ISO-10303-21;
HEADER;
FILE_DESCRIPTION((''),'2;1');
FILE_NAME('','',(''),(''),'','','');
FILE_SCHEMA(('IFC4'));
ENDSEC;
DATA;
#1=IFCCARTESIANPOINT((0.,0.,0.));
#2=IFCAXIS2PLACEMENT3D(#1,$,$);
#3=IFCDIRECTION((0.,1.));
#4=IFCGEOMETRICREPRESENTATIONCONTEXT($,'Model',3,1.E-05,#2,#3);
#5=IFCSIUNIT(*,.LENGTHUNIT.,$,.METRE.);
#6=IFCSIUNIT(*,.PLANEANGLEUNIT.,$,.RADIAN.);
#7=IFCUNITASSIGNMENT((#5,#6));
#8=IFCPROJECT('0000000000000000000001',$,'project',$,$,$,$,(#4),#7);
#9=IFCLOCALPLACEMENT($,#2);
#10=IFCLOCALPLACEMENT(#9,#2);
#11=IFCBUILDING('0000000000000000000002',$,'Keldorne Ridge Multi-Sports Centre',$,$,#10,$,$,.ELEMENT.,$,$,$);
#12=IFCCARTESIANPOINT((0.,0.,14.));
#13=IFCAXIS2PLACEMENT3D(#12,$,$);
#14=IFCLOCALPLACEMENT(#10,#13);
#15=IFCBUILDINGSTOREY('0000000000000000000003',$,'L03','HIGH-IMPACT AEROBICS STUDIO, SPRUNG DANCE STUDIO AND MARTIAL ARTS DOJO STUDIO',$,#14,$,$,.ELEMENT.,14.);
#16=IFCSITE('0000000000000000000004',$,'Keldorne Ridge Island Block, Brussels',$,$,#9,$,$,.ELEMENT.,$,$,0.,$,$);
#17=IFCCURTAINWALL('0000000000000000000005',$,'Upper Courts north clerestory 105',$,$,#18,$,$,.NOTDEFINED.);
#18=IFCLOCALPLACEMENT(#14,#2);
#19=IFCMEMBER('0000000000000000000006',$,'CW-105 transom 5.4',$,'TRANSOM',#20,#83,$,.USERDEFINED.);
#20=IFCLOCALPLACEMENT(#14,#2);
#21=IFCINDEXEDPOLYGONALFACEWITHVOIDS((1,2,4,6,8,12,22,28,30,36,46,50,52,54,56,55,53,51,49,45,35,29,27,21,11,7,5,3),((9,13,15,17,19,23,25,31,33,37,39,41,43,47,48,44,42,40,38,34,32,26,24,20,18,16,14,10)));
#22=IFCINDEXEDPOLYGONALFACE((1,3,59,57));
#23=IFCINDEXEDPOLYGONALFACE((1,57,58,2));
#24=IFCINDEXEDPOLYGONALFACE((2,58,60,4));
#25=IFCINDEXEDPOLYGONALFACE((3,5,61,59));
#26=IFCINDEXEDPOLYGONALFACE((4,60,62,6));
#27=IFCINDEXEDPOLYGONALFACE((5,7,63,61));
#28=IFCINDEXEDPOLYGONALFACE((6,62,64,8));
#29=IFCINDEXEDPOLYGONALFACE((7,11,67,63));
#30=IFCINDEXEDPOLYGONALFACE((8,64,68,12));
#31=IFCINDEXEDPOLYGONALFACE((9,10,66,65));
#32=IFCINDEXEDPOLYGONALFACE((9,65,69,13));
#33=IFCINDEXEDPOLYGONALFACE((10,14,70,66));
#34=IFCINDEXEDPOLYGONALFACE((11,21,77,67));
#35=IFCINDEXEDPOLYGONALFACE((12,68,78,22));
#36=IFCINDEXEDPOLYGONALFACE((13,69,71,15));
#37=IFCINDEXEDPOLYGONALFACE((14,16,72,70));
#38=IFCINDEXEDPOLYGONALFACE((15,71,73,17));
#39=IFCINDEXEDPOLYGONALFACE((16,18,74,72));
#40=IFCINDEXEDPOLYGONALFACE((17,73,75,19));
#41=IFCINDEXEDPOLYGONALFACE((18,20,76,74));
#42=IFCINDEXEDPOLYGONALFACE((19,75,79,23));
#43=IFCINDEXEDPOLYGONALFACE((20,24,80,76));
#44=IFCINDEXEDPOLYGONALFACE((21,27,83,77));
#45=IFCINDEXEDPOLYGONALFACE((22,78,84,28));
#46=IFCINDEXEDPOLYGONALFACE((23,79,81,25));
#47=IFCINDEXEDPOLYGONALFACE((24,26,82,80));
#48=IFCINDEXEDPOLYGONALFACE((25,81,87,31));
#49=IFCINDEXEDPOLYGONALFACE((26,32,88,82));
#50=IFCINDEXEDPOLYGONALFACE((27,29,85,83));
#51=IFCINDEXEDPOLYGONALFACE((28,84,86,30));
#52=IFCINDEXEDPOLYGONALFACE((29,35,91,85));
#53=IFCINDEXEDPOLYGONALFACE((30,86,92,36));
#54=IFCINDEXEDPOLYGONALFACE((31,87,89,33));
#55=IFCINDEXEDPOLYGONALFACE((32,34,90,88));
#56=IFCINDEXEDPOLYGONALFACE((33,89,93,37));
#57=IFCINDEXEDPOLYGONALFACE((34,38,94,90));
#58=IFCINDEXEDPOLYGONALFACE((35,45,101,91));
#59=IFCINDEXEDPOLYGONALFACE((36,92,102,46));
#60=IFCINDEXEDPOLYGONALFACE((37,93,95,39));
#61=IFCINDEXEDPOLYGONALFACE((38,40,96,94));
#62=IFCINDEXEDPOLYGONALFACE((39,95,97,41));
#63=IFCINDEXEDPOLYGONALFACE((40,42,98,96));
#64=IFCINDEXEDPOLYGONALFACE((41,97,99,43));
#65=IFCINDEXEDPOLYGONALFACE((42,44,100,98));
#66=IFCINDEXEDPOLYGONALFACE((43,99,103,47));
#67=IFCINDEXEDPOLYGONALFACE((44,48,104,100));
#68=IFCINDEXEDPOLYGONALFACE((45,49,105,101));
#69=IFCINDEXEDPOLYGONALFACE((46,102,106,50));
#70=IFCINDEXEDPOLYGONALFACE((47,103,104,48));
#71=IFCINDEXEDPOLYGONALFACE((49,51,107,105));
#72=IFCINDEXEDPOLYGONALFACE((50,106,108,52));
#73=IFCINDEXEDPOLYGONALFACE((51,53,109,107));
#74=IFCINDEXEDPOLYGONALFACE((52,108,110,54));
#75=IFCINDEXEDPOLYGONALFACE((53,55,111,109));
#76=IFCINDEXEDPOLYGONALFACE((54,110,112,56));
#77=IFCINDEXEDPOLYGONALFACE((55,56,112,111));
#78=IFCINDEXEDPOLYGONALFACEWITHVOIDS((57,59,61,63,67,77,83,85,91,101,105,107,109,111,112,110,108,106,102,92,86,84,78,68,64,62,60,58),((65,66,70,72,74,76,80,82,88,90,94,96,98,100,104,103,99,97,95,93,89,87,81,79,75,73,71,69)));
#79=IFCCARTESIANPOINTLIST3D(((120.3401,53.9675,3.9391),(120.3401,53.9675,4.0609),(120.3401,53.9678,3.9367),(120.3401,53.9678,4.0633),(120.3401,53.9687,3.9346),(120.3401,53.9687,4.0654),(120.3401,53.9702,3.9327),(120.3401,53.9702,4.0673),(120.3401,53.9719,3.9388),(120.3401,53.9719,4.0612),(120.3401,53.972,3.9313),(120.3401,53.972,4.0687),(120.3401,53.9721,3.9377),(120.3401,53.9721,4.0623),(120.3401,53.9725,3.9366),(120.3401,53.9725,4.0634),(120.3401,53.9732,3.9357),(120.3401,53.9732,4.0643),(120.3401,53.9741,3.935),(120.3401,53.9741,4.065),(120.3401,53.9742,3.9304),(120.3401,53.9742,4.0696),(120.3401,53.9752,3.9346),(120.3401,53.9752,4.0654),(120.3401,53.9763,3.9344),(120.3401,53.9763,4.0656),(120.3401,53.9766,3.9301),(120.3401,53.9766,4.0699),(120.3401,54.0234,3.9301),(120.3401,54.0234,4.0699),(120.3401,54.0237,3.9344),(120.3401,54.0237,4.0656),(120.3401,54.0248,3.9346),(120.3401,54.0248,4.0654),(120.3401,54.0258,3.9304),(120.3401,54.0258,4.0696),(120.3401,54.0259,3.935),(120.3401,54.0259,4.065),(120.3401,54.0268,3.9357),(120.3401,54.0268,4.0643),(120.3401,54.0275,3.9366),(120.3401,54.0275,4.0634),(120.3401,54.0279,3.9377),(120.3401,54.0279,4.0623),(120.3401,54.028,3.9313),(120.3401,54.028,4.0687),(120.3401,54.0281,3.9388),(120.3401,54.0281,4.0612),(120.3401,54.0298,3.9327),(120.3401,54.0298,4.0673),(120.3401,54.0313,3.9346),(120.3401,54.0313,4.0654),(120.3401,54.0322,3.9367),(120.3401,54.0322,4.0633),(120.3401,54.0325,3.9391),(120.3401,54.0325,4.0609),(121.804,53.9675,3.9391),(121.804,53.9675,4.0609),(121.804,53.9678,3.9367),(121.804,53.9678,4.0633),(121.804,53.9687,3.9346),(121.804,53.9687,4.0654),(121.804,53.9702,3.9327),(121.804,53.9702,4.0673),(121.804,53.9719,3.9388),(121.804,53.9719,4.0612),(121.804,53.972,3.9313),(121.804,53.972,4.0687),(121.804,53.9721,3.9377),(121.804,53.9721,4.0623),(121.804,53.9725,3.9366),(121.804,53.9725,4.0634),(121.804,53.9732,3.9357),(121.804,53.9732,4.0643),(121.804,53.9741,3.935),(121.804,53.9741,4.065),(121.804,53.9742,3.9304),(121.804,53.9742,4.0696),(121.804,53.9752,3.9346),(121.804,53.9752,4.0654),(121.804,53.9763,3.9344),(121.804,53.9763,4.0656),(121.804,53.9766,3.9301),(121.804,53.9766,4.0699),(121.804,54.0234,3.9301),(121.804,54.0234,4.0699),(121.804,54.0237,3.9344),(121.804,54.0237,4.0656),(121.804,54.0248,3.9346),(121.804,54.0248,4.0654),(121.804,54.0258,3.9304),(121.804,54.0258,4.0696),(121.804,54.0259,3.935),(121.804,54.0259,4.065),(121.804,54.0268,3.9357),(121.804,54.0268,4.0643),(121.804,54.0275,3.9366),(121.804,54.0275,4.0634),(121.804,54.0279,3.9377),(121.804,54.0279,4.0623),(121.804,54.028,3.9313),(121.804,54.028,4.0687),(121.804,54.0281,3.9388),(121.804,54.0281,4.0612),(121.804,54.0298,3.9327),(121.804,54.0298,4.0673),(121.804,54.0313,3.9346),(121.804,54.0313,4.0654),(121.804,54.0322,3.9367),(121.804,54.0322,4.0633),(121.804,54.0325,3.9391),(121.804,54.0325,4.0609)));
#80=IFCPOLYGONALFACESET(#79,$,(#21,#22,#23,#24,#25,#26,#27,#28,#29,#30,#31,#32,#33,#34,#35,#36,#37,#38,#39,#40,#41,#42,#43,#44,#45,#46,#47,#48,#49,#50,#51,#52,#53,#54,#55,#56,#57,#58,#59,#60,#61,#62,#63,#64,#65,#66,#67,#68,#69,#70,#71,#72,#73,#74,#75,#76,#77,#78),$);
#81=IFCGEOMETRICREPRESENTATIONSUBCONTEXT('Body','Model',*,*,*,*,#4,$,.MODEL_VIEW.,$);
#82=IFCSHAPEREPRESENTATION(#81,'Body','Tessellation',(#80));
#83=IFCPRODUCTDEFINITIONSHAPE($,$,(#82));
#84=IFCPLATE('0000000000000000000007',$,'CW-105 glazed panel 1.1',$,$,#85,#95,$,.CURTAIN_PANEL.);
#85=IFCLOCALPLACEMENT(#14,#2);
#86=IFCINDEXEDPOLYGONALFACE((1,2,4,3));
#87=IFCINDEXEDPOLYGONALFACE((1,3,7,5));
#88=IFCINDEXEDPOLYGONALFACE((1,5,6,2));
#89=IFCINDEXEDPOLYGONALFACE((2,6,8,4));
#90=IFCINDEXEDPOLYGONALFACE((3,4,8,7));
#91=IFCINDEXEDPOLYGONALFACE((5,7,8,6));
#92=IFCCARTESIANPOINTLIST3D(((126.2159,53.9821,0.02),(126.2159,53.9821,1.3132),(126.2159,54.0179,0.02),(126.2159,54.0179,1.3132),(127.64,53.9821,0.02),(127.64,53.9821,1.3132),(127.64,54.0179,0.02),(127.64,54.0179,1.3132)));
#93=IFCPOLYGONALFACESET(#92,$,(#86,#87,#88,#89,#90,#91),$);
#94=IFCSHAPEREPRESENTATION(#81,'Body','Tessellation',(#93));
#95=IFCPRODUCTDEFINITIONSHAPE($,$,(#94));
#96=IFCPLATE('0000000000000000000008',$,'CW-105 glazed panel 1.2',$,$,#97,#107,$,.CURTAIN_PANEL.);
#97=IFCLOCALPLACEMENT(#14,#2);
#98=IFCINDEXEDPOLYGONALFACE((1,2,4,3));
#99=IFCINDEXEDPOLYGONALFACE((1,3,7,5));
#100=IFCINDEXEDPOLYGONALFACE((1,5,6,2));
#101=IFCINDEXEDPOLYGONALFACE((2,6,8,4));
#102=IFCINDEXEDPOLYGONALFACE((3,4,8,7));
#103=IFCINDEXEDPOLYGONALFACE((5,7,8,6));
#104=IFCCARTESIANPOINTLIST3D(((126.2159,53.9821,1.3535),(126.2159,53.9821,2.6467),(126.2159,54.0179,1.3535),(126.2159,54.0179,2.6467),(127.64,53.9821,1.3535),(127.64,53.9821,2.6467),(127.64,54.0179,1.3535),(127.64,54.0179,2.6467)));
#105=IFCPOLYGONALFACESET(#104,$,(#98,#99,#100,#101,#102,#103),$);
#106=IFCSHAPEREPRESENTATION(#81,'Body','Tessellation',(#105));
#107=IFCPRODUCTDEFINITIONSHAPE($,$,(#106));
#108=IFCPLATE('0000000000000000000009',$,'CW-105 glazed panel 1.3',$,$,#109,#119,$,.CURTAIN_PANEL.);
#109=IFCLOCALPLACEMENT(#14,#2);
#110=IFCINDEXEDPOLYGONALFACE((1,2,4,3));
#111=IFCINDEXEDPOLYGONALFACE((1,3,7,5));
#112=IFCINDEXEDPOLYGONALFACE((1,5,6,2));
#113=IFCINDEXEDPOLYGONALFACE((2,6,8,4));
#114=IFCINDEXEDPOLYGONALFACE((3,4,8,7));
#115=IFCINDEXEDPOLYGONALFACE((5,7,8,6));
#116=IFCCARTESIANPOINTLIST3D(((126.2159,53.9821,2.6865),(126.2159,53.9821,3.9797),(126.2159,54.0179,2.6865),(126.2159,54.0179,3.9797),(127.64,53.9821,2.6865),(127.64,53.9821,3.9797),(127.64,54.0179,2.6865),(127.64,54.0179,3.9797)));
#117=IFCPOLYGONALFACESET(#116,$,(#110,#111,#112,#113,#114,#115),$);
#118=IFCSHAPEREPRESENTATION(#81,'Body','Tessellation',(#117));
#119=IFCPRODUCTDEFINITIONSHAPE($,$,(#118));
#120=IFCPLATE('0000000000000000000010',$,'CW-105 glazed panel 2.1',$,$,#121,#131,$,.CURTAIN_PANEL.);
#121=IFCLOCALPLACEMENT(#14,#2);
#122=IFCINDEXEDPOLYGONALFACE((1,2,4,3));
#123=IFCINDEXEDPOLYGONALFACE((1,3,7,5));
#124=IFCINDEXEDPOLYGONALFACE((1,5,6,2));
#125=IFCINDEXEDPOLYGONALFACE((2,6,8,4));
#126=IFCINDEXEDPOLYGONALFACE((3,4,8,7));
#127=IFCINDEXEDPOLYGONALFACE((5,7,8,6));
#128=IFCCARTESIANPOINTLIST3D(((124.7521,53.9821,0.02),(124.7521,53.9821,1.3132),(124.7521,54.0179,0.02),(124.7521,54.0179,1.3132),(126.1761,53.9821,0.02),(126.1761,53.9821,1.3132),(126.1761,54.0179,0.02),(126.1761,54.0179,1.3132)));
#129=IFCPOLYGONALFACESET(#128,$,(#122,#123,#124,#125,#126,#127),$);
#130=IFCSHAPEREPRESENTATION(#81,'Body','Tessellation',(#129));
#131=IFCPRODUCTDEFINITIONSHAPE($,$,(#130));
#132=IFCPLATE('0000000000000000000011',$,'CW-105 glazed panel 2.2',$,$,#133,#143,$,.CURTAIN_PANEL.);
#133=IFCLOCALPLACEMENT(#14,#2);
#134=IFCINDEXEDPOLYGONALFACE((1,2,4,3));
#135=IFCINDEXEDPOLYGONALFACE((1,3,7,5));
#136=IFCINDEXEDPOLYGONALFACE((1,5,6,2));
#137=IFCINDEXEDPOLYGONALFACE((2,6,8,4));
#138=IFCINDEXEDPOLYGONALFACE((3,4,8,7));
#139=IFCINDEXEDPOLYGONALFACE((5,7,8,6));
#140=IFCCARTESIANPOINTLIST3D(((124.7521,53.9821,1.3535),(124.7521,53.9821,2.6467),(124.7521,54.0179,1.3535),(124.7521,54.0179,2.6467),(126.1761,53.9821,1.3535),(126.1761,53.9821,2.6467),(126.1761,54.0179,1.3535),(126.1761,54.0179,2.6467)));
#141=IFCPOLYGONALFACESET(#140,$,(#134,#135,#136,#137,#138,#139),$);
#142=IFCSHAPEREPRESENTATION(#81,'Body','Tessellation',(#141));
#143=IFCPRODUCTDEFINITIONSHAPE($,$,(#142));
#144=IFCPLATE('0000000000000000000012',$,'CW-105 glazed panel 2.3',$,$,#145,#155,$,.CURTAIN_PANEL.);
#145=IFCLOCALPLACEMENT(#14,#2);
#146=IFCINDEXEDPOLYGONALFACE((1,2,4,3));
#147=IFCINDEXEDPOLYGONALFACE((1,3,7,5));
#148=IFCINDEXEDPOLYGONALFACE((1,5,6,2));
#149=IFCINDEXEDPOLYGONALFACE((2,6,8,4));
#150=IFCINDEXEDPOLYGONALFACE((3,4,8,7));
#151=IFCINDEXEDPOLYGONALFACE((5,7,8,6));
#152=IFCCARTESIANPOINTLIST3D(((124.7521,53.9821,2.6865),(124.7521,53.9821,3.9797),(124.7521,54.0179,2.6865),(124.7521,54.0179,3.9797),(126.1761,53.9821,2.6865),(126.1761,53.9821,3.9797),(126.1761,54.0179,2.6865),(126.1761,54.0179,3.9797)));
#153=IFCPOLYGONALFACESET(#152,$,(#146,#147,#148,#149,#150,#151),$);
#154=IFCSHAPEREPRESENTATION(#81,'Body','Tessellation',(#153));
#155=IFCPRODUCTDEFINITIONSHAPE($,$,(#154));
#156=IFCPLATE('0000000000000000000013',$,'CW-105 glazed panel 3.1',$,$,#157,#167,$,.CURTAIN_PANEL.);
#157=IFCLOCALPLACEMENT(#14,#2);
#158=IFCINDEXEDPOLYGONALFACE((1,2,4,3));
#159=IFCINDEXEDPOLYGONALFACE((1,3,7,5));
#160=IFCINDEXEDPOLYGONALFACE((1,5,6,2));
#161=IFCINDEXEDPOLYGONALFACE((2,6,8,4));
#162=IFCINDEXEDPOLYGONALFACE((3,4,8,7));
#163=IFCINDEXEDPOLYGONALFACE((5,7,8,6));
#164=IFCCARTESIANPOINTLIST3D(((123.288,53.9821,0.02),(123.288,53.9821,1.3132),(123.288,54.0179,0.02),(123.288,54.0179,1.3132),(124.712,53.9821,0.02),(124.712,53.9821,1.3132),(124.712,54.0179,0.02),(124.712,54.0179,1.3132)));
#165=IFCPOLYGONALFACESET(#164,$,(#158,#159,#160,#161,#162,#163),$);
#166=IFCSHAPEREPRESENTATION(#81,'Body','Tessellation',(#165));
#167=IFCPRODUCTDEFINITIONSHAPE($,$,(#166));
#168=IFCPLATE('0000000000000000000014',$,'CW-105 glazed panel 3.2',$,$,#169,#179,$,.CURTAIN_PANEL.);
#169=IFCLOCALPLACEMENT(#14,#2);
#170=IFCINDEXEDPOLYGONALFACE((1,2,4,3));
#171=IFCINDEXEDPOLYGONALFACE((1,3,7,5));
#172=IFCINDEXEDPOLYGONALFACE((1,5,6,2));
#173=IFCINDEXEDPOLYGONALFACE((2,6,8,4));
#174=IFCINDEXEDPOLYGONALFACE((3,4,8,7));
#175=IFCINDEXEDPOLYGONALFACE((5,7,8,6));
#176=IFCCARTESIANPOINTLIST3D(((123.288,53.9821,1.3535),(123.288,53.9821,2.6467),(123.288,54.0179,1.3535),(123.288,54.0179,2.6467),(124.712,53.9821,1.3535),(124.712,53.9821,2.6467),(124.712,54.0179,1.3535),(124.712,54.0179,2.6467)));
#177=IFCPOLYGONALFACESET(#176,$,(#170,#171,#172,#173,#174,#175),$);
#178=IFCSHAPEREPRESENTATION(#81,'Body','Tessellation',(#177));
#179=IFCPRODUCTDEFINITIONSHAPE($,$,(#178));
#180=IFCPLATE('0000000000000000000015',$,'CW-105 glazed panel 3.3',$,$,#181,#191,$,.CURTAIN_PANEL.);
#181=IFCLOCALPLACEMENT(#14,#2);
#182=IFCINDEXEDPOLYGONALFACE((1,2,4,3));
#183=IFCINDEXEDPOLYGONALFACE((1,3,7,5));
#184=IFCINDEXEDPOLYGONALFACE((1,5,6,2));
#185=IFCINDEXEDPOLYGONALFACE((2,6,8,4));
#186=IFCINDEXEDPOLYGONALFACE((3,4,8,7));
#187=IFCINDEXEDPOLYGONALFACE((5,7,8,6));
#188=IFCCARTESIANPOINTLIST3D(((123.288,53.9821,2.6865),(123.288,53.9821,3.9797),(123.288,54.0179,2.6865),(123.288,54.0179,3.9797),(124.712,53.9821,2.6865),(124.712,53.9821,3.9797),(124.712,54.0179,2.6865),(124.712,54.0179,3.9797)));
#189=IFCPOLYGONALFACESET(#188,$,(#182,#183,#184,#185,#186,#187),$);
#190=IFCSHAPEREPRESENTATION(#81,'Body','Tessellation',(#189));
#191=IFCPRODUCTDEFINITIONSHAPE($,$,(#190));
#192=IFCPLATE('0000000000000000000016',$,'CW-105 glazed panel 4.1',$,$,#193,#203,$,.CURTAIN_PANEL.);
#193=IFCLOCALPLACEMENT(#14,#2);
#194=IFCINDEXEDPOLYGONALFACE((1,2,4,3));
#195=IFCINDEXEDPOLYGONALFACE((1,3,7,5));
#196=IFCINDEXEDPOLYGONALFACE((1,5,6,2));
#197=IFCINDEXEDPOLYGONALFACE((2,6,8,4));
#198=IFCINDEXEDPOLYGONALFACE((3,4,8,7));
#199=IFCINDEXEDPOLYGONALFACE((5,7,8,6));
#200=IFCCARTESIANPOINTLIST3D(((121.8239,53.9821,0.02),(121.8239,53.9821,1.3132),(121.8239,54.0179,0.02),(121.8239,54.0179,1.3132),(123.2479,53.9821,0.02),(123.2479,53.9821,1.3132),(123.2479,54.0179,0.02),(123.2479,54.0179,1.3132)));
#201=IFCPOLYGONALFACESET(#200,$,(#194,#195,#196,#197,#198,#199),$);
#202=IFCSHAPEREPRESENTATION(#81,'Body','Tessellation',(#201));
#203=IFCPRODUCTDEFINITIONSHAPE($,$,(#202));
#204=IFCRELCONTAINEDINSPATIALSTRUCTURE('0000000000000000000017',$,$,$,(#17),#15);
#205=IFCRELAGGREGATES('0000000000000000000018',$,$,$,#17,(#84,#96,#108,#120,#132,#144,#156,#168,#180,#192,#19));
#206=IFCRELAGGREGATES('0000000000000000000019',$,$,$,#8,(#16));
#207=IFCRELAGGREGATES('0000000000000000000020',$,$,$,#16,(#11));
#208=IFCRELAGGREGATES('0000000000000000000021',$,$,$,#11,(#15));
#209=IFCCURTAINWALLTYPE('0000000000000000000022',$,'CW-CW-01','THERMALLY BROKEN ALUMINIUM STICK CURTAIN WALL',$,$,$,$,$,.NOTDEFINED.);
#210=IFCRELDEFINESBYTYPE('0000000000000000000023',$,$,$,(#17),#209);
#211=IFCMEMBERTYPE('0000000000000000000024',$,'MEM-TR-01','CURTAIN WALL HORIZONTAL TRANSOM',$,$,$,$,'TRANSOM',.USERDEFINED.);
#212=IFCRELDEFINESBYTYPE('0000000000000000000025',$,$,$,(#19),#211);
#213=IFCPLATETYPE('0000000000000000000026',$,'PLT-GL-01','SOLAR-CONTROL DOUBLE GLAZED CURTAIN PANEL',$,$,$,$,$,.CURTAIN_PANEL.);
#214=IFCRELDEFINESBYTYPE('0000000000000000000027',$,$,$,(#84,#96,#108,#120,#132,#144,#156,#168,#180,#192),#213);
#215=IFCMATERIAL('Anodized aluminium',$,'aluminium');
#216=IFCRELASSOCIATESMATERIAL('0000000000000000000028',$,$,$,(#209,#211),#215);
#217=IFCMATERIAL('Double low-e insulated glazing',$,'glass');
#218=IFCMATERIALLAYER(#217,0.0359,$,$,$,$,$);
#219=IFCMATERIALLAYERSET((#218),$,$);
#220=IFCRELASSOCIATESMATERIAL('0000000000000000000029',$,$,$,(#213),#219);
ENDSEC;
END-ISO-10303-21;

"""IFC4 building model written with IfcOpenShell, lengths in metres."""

from ifc_helpers import new_model, si_unit, direction, frame, origin, origin_2d, place, context, subcontext, project, spatial, rectangle, hollow_rectangle, extrude, material, layer, layer_set, material_profile, profile_set, type_object, element, aggregate, save


model = new_model("IFC4")

# Units and contexts
model_context = context("Model", 3, precision=1e-05, world=origin(), true_north=direction((0.0, 1.0)))
body_context = subcontext(model_context, "Body", "Model", "MODEL_VIEW")
ifc_project = project(units=[si_unit("LENGTHUNIT", "METRE"), si_unit("PLANEANGLEUNIT", "RADIAN")], contexts=[model_context])

# Site, building, storey
site_placement = place(None, origin())
site = spatial("IfcSite", under=ifc_project, at=site_placement, Name="Keldorne Ridge Island Block, Brussels", CompositionType="ELEMENT", RefElevation=0.0)
building_placement = place(site_placement, origin())
building = spatial("IfcBuilding", under=site, at=building_placement, Name="Keldorne Ridge Multi-Sports Centre", CompositionType="ELEMENT")
storey_placement = place(building_placement, frame((0.0, 0.0, 14.0)))
storey = spatial("IfcBuildingStorey", under=building, at=storey_placement, Name="L03", Description="HIGH-IMPACT AEROBICS STUDIO, SPRUNG DANCE STUDIO AND MARTIAL ARTS DOJO STUDIO", CompositionType="ELEMENT", Elevation=14.0)

# Curtain wall, member, plates
ifc_material_1 = material(Name="Anodized aluminium", Category="aluminium")
curtain_wall_type = type_object("IfcCurtainWallType", Name="CW-CW-01", Description="THERMALLY BROKEN ALUMINIUM STICK CURTAIN WALL", PredefinedType="NOTDEFINED", material=ifc_material_1)
curtain_wall_placement = place(storey_placement, origin())
curtain_wall = element("IfcCurtainWall", 1, at=curtain_wall_placement, inside=storey, type_object=curtain_wall_type, Name="Upper Courts north clerestory 105", PredefinedType="NOTDEFINED")
ifc_material_profile_1 = material_profile(ifc_material_1, hollow_rectangle(XDim=0.0649, YDim=0.1399, WallThickness=0.0044, InnerFilletRadius=0.0044, OuterFilletRadius=0.009, at=origin_2d()), Name="ALU TRANSOM 140x65x4.5")
ifc_profile_set_1 = profile_set([ifc_material_profile_1], Name="Anodized aluminium")
member_type_1 = type_object("IfcMemberType", Name="MEM-TR-01", Description="CURTAIN WALL HORIZONTAL TRANSOM", ElementType="TRANSOM", PredefinedType="USERDEFINED", material=ifc_profile_set_1)
member_1_placement = place(storey_placement, frame((121.804, 54.0, 4.0), z_axis=(-1.0, 0.0, 0.0), x_axis=(0.0, -1.0, 0.0)))
member_1 = element("IfcMember", 2, at=member_1_placement, type_object=member_type_1, Name="CW-105 transom 5.4", ObjectType="TRANSOM", PredefinedType="USERDEFINED", context=body_context, shape_type="SweptSolid", body=[
    extrude(hollow_rectangle(XDim=0.0649, YDim=0.1399, WallThickness=0.0044, InnerFilletRadius=0.0044, OuterFilletRadius=0.009, at=origin_2d()), origin(), (0.0, 0.0, 1.0), 1.4639),
])
ifc_material_2 = material(Name="Double low-e insulated glazing", Category="glass")
ifc_layer = layer(ifc_material_2, 0.0359)
ifc_layer_set = layer_set([ifc_layer])
plate_type = type_object("IfcPlateType", Name="PLT-GL-01", Description="SOLAR-CONTROL DOUBLE GLAZED CURTAIN PANEL", PredefinedType="CURTAIN_PANEL", material=ifc_layer_set)
plate_1_placement = place(storey_placement, frame((126.928, 54.0, 0.02), z_axis=(0.0, 0.0, 1.0), x_axis=(-1.0, 0.0, 0.0)))
plate_1 = element("IfcPlate", 3, at=plate_1_placement, type_object=plate_type, Name="CW-105 glazed panel 1.1", PredefinedType="CURTAIN_PANEL", context=body_context, shape_type="SweptSolid", body=[
    extrude(rectangle(XDim=1.4241, YDim=0.0359, at=origin_2d()), origin(), (0.0, 0.0, 1.0), 1.2932),
])
plate_2_placement = place(storey_placement, frame((126.928, 54.0, 1.3535), z_axis=(0.0, 0.0, 1.0), x_axis=(-1.0, 0.0, 0.0)))
plate_2 = element("IfcPlate", 4, at=plate_2_placement, type_object=plate_type, Name="CW-105 glazed panel 1.2", PredefinedType="CURTAIN_PANEL", context=body_context, shape_type="SweptSolid", body=[
    extrude(rectangle(XDim=1.4241, YDim=0.0359, at=origin_2d()), origin(), (0.0, 0.0, 1.0), 1.2932),
])
plate_3_placement = place(storey_placement, frame((126.928, 54.0, 2.6865), z_axis=(0.0, 0.0, 1.0), x_axis=(-1.0, 0.0, 0.0)))
plate_3 = element("IfcPlate", 5, at=plate_3_placement, type_object=plate_type, Name="CW-105 glazed panel 1.3", PredefinedType="CURTAIN_PANEL", context=body_context, shape_type="SweptSolid", body=[
    extrude(rectangle(XDim=1.4241, YDim=0.0359, at=origin_2d()), origin(), (0.0, 0.0, 1.0), 1.2932),
])
plate_4_placement = place(storey_placement, frame((125.4641, 54.0, 0.02), z_axis=(0.0, 0.0, 1.0), x_axis=(-1.0, 0.0, 0.0)))
plate_4 = element("IfcPlate", 6, at=plate_4_placement, type_object=plate_type, Name="CW-105 glazed panel 2.1", PredefinedType="CURTAIN_PANEL", context=body_context, shape_type="SweptSolid", body=[
    extrude(rectangle(XDim=1.4241, YDim=0.0359, at=origin_2d()), origin(), (0.0, 0.0, 1.0), 1.2932),
])
plate_5_placement = place(storey_placement, frame((125.4641, 54.0, 1.3535), z_axis=(0.0, 0.0, 1.0), x_axis=(-1.0, 0.0, 0.0)))
plate_5 = element("IfcPlate", 7, at=plate_5_placement, type_object=plate_type, Name="CW-105 glazed panel 2.2", PredefinedType="CURTAIN_PANEL", context=body_context, shape_type="SweptSolid", body=[
    extrude(rectangle(XDim=1.4241, YDim=0.0359, at=origin_2d()), origin(), (0.0, 0.0, 1.0), 1.2932),
])
plate_6_placement = place(storey_placement, frame((125.4641, 54.0, 2.6865), z_axis=(0.0, 0.0, 1.0), x_axis=(-1.0, 0.0, 0.0)))
plate_6 = element("IfcPlate", 8, at=plate_6_placement, type_object=plate_type, Name="CW-105 glazed panel 2.3", PredefinedType="CURTAIN_PANEL", context=body_context, shape_type="SweptSolid", body=[
    extrude(rectangle(XDim=1.4241, YDim=0.0359, at=origin_2d()), origin(), (0.0, 0.0, 1.0), 1.2932),
])
plate_7_placement = place(storey_placement, frame((124.0, 54.0, 0.02), z_axis=(0.0, 0.0, 1.0), x_axis=(-1.0, 0.0, 0.0)))
plate_7 = element("IfcPlate", 9, at=plate_7_placement, type_object=plate_type, Name="CW-105 glazed panel 3.1", PredefinedType="CURTAIN_PANEL", context=body_context, shape_type="SweptSolid", body=[
    extrude(rectangle(XDim=1.4241, YDim=0.0359, at=origin_2d()), origin(), (0.0, 0.0, 1.0), 1.2932),
])
plate_8_placement = place(storey_placement, frame((124.0, 54.0, 1.3535), z_axis=(0.0, 0.0, 1.0), x_axis=(-1.0, 0.0, 0.0)))
plate_8 = element("IfcPlate", 10, at=plate_8_placement, type_object=plate_type, Name="CW-105 glazed panel 3.2", PredefinedType="CURTAIN_PANEL", context=body_context, shape_type="SweptSolid", body=[
    extrude(rectangle(XDim=1.4241, YDim=0.0359, at=origin_2d()), origin(), (0.0, 0.0, 1.0), 1.2932),
])
plate_9_placement = place(storey_placement, frame((124.0, 54.0, 2.6865), z_axis=(0.0, 0.0, 1.0), x_axis=(-1.0, 0.0, 0.0)))
plate_9 = element("IfcPlate", 11, at=plate_9_placement, type_object=plate_type, Name="CW-105 glazed panel 3.3", PredefinedType="CURTAIN_PANEL", context=body_context, shape_type="SweptSolid", body=[
    extrude(rectangle(XDim=1.4241, YDim=0.0359, at=origin_2d()), origin(), (0.0, 0.0, 1.0), 1.2932),
])
plate_10_placement = place(storey_placement, frame((122.5359, 54.0, 0.02), z_axis=(0.0, 0.0, 1.0), x_axis=(-1.0, 0.0, 0.0)))
plate_10 = element("IfcPlate", 12, at=plate_10_placement, type_object=plate_type, Name="CW-105 glazed panel 4.1", PredefinedType="CURTAIN_PANEL", context=body_context, shape_type="SweptSolid", body=[
    extrude(rectangle(XDim=1.4241, YDim=0.0359, at=origin_2d()), origin(), (0.0, 0.0, 1.0), 1.2932),
])
aggregate(curtain_wall, [plate_1, plate_2, plate_3, plate_4, plate_5, plate_6, plate_7, plate_8, plate_9, plate_10, member_1])

save(model, "model.ifc")
